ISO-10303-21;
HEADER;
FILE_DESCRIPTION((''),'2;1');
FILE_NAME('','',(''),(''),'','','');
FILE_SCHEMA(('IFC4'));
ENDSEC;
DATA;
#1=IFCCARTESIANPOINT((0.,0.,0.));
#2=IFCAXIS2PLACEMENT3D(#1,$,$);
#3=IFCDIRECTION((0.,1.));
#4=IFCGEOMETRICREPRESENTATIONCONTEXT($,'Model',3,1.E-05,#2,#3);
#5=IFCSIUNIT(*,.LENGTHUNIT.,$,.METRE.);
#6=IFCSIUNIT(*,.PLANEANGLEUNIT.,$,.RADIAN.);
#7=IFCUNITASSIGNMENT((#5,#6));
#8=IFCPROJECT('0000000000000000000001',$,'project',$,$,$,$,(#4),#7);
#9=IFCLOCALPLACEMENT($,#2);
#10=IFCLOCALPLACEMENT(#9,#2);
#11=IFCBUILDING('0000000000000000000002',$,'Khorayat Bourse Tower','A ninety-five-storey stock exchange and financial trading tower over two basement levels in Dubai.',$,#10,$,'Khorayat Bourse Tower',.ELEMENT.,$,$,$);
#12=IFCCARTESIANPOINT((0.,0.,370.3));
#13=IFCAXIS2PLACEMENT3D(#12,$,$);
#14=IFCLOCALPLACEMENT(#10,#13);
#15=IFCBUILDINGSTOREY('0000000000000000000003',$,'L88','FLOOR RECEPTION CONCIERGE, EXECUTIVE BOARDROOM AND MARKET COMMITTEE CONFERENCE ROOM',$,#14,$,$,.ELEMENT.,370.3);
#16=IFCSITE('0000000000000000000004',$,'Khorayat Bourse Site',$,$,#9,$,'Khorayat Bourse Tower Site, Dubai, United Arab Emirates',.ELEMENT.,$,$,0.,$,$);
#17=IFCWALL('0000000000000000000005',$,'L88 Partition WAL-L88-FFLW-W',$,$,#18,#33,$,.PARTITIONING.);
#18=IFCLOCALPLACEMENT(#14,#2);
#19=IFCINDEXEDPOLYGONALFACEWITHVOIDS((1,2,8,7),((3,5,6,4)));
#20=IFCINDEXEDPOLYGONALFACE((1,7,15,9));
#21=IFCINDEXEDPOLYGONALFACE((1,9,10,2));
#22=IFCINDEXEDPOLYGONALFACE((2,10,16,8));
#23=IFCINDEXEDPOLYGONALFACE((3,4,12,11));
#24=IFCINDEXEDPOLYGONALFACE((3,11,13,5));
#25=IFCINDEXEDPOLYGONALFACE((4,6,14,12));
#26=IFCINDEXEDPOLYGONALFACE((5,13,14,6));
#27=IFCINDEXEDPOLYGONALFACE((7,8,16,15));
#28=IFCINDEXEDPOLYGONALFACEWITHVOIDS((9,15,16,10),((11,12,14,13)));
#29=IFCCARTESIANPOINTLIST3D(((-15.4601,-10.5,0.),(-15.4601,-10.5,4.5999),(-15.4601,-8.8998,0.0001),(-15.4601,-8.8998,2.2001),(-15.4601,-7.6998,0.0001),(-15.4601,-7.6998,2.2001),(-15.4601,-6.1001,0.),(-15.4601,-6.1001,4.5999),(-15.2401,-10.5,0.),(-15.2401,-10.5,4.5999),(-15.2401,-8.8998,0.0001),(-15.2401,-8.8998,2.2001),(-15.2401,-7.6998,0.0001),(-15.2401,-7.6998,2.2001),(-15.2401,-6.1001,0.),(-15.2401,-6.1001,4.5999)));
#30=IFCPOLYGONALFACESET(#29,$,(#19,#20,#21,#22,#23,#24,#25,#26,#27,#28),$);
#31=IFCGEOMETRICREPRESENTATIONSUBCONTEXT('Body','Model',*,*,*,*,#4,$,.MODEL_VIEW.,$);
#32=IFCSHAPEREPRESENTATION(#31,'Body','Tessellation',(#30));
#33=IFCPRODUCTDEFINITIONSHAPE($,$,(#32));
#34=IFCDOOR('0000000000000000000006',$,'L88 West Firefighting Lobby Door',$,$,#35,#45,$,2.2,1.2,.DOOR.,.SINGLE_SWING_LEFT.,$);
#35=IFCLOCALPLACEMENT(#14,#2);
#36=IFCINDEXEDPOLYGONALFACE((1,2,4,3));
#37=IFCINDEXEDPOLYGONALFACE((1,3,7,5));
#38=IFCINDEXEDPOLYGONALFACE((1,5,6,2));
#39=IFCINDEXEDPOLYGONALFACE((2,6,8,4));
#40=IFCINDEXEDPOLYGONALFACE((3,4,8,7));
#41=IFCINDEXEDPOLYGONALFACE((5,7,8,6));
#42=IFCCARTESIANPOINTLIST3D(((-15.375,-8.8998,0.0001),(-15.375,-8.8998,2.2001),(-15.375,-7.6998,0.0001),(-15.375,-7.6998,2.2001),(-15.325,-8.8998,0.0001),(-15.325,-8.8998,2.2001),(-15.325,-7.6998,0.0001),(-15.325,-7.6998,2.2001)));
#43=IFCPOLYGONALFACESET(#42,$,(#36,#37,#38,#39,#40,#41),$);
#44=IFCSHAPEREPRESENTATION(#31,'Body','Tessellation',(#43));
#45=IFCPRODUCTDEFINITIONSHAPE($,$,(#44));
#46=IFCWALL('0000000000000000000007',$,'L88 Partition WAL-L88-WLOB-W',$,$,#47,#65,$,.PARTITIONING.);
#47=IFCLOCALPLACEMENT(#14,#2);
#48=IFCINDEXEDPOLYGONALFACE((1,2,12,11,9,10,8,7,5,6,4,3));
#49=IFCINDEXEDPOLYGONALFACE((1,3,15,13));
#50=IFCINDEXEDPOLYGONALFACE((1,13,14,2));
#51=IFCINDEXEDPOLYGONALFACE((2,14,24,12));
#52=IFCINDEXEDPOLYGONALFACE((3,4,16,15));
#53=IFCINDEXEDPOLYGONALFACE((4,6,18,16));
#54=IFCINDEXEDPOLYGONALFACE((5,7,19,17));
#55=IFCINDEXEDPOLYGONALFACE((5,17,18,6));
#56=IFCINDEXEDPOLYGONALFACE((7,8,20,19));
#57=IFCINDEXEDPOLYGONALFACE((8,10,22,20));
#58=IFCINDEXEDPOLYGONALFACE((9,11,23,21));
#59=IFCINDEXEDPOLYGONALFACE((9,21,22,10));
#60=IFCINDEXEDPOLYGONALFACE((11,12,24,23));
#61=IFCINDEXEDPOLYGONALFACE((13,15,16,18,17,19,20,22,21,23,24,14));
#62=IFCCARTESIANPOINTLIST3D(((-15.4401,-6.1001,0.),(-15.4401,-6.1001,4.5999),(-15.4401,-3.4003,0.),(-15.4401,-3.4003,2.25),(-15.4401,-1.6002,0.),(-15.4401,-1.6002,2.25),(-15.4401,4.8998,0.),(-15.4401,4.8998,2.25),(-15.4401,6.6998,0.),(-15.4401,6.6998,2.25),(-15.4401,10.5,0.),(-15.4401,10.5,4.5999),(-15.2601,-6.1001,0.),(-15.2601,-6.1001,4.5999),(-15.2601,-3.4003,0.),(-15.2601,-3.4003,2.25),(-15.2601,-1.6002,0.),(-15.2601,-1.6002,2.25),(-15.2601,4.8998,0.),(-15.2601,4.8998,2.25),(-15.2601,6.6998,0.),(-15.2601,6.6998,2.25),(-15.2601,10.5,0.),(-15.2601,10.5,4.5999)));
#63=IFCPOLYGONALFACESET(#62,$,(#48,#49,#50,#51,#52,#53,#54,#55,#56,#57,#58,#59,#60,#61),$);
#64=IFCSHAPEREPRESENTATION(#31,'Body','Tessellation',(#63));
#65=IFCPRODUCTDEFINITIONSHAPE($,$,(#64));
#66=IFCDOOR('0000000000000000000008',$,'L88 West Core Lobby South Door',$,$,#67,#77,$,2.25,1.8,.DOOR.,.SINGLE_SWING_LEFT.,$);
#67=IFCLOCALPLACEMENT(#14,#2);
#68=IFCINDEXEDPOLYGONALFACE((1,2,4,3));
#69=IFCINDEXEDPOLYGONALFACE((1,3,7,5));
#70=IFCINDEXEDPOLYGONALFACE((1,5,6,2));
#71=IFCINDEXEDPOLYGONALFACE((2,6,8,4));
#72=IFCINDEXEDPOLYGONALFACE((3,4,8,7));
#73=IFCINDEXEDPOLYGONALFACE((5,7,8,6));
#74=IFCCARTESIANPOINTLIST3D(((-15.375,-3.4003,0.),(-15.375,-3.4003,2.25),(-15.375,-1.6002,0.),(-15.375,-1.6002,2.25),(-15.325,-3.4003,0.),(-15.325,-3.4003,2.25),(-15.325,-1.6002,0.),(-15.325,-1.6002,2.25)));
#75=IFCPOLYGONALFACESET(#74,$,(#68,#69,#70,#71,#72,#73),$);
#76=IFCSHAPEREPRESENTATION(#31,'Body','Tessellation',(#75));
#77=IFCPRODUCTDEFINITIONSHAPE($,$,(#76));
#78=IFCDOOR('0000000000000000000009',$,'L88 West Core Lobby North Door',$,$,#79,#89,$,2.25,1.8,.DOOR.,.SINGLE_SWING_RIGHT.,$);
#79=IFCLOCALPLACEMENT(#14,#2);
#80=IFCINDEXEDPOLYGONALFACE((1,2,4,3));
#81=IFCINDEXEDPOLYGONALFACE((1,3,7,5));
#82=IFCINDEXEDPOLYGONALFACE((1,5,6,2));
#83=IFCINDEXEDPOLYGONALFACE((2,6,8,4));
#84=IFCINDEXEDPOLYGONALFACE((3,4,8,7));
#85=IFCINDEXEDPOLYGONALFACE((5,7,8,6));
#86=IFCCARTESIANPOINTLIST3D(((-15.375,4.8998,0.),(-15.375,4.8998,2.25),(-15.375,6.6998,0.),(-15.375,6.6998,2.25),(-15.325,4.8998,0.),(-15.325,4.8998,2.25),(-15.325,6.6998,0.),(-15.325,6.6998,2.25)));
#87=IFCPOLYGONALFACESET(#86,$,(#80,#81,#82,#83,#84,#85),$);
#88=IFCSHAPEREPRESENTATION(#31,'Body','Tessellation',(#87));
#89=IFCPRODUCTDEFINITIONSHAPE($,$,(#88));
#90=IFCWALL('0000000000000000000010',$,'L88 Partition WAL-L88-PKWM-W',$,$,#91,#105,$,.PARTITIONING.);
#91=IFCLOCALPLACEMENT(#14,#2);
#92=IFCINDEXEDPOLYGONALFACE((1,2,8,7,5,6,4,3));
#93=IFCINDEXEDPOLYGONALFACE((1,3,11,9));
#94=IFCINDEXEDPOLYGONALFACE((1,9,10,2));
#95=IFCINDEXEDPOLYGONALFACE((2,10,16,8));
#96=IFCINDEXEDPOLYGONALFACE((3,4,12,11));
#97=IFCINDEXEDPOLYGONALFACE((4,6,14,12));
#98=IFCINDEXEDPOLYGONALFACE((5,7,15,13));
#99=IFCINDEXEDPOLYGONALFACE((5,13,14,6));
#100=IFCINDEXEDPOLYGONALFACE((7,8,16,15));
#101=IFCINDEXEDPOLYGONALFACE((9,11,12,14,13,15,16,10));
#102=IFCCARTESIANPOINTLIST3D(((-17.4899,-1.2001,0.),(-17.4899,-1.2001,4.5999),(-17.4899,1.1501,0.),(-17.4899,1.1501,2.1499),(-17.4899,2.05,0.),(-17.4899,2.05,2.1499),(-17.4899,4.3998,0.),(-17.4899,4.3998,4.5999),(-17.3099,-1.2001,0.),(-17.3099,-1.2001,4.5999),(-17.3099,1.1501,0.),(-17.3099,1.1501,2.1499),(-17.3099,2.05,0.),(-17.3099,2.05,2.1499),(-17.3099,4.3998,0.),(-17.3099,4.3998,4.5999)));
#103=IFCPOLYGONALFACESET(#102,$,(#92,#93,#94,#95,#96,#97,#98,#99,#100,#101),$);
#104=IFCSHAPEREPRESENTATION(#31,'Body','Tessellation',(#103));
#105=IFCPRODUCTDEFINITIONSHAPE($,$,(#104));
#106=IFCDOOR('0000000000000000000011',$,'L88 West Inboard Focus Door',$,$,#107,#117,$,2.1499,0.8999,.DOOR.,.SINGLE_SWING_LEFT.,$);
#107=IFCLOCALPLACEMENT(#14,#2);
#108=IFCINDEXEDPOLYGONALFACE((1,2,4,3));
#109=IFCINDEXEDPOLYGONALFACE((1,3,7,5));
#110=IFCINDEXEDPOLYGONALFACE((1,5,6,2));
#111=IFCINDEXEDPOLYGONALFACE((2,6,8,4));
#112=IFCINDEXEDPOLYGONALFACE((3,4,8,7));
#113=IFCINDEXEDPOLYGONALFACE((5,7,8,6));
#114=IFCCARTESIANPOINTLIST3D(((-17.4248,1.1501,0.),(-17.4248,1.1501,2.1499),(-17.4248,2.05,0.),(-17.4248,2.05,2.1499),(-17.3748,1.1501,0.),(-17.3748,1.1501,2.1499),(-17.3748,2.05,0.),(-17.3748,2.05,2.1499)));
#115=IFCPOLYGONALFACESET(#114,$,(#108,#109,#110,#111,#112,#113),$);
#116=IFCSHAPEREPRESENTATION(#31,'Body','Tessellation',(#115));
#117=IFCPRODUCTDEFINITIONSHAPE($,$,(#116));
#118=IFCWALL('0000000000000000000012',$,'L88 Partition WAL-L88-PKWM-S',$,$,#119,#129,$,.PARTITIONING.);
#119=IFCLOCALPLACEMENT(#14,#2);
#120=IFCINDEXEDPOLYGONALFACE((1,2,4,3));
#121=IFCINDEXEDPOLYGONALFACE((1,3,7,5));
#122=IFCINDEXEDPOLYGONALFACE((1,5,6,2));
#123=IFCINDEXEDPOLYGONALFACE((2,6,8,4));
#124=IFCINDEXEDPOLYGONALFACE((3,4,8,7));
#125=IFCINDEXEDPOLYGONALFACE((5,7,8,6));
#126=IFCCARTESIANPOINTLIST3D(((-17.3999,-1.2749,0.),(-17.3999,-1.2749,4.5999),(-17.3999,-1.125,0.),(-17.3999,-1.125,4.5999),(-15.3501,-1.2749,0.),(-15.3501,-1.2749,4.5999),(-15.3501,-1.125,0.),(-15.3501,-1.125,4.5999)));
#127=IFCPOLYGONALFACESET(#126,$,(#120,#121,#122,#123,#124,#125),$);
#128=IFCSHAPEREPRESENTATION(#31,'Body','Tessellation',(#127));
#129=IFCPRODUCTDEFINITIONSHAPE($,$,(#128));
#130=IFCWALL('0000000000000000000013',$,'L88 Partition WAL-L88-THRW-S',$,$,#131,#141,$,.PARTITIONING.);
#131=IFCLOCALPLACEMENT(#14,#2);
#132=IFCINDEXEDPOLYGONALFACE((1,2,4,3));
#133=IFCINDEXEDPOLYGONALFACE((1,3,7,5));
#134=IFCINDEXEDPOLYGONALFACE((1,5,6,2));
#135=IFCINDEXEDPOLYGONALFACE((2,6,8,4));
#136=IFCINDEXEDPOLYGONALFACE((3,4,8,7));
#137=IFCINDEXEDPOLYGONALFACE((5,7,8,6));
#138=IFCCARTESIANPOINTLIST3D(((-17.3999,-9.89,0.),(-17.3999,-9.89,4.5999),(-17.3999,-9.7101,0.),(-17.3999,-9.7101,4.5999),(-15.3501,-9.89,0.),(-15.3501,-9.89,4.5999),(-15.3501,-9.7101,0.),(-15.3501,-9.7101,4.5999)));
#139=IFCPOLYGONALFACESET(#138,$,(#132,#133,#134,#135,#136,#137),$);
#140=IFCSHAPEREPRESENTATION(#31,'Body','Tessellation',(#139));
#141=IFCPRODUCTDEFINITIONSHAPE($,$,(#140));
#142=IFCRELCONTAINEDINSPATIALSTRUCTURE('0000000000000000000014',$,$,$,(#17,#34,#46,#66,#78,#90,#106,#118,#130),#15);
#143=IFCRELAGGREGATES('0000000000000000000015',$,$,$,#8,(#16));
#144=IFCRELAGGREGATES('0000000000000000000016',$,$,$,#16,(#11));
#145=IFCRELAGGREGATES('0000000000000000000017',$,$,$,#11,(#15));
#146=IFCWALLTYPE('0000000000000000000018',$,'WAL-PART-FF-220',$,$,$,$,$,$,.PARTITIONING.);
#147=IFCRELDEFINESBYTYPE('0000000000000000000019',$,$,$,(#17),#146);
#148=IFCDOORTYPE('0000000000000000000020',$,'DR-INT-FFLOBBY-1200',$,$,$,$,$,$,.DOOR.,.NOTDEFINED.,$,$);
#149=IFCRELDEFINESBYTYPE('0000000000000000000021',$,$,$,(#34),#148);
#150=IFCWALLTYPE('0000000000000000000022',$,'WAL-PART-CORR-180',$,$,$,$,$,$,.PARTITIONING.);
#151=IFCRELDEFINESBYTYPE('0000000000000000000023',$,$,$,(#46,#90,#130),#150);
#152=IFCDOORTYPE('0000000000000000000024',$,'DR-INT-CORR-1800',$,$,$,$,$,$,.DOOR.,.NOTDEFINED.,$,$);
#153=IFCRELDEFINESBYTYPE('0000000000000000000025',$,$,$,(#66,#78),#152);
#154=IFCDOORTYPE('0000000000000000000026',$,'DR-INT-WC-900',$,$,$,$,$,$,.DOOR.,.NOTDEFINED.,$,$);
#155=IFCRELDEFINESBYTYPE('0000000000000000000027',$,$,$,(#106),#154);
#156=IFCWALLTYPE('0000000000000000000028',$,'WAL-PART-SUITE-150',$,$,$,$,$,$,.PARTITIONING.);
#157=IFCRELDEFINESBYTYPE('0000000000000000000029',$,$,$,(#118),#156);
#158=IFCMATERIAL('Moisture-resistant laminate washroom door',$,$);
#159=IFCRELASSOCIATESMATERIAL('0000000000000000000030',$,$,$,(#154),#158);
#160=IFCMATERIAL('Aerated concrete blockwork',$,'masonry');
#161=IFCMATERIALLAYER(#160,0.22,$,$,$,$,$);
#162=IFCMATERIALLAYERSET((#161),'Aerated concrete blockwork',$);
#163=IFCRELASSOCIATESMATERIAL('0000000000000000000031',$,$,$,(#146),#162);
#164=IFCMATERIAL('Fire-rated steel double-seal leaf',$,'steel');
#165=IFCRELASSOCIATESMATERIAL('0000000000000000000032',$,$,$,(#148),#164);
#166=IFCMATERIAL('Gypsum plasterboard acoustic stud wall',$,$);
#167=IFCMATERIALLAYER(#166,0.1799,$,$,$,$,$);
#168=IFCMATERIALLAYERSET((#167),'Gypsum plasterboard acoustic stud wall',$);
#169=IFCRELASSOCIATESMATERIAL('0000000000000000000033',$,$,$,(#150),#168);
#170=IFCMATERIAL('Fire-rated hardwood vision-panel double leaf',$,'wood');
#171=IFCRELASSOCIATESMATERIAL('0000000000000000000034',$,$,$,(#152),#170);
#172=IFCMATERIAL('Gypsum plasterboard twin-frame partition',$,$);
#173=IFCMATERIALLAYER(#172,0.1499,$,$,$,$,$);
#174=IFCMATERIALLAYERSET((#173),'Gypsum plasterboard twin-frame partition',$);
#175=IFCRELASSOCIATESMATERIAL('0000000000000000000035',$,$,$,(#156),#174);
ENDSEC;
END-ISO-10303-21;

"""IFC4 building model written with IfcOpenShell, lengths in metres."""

from ifc_helpers import new_model, si_unit, direction, frame, frame_2d, origin, place, context, subcontext, project, spatial, rectangle, extrude, source, transform, mapped, material, layer, layer_set, type_object, element, fill, save


model = new_model("IFC4")

# Units and contexts
model_context = context("Model", 3, precision=1e-05, world=origin(), true_north=direction((0.0, 1.0)))
body_context = subcontext(model_context, "Body", "Model", "MODEL_VIEW")
ifc_project = project(units=[si_unit("LENGTHUNIT", "METRE"), si_unit("PLANEANGLEUNIT", "RADIAN")], contexts=[model_context])

# Site, building, storey
site_placement = place(None, origin())
site = spatial("IfcSite", under=ifc_project, at=site_placement, Name="Khorayat Bourse Site", LongName="Khorayat Bourse Tower Site, Dubai, United Arab Emirates", CompositionType="ELEMENT", RefElevation=0.0)
building_placement = place(site_placement, origin())
building = spatial("IfcBuilding", under=site, at=building_placement, Name="Khorayat Bourse Tower", Description="A ninety-five-storey stock exchange and financial trading tower over two basement levels in Dubai.", LongName="Khorayat Bourse Tower", CompositionType="ELEMENT")
storey_placement = place(building_placement, frame((0.0, 0.0, 370.3)))
storey = spatial("IfcBuildingStorey", under=building, at=storey_placement, Name="L88", Description="FLOOR RECEPTION CONCIERGE, EXECUTIVE BOARDROOM AND MARKET COMMITTEE CONFERENCE ROOM", CompositionType="ELEMENT", Elevation=370.3)

# Shared definitions
ifc_material_1 = material(Name="Moisture-resistant laminate washroom door")
door_type_1 = type_object("IfcDoorType", Name="DR-INT-WC-900", OperationType="NOTDEFINED", PredefinedType="DOOR", material=ifc_material_1)
shared_shape_1 = source(origin(), body_context, "Body", "SweptSolid", [
    extrude(rectangle(XDim=0.8999, YDim=2.1499, at=frame_2d((0.45, 1.075))), frame((0.0, 0.0249, 0.0), z_axis=(0.0, -1.0, 0.0), x_axis=(1.0, 0.0, 0.0)), (0.0, 0.0, 1.0), 0.05),
])

# Shared definitions
ifc_material_2 = material(Name="Aerated concrete blockwork", Category="masonry")
ifc_layer_1 = layer(ifc_material_2, 0.22)
ifc_layer_set_1 = layer_set([ifc_layer_1], Name="Aerated concrete blockwork")
wall_type_1 = type_object("IfcWallType", Name="WAL-PART-FF-220", PredefinedType="PARTITIONING", material=ifc_layer_set_1)

# Wall, opening, door
shared_shape_2 = source(origin(), body_context, "Body", "SweptSolid", [
    extrude(rectangle(XDim=4.3999, YDim=0.22, at=frame_2d((2.2, 0.0))), origin(), (0.0, 0.0, 1.0), 4.5999),
])
wall_1_placement = place(storey_placement, frame((-15.3501, -10.5, 0.0), z_axis=(0.0, 0.0, 1.0), x_axis=(0.0, 1.0, 0.0)))
wall_1 = element("IfcWall", 1, at=wall_1_placement, inside=storey, type_object=wall_type_1, Name="L88 Partition WAL-L88-FFLW-W", PredefinedType="PARTITIONING", context=body_context, shape_type="MappedRepresentation", body=[
    mapped(shared_shape_2, transform((0.0, 0.0, 0.0), scale=1.0)),
])
shared_shape_3 = source(origin(), body_context, "Body", "SweptSolid", [
    extrude(rectangle(XDim=1.2, YDim=2.2, at=frame_2d((0.6001, 1.1001))), frame((0.0, 0.1199, 0.0), z_axis=(0.0, -1.0, 0.0), x_axis=(1.0, 0.0, 0.0)), (0.0, 0.0, 1.0), 0.24),
])
opening_1_placement = place(wall_1_placement, frame((1.6001, 0.0, 0.0)))
opening_1 = element("IfcOpeningElement", 2, at=opening_1_placement, cuts=wall_1, PredefinedType="OPENING", context=body_context, shape_type="MappedRepresentation", body=[
    mapped(shared_shape_3, transform((0.0, 0.0, 0.0), scale=1.0)),
])
ifc_material_3 = material(Name="Fire-rated steel double-seal leaf", Category="steel")
door_type_2 = type_object("IfcDoorType", Name="DR-INT-FFLOBBY-1200", OperationType="NOTDEFINED", PredefinedType="DOOR", material=ifc_material_3)
shared_shape_4 = source(origin(), body_context, "Body", "SweptSolid", [
    extrude(rectangle(XDim=1.2, YDim=2.2, at=frame_2d((0.6001, 1.1001))), frame((0.0, 0.0249, 0.0), z_axis=(0.0, -1.0, 0.0), x_axis=(1.0, 0.0, 0.0)), (0.0, 0.0, 1.0), 0.05),
])
door_1_placement = place(opening_1_placement, origin())
door_1 = element("IfcDoor", 3, at=door_1_placement, inside=storey, type_object=door_type_2, Name="L88 West Firefighting Lobby Door", OperationType="SINGLE_SWING_LEFT", OverallHeight=2.2, OverallWidth=1.2, PredefinedType="DOOR", context=body_context, shape_type="MappedRepresentation", body=[
    mapped(shared_shape_4, transform((0.0, 0.0, 0.0), scale=1.0)),
])
fill(opening_1, door_1)

# Wall, openings, doors
ifc_material_4 = material(Name="Gypsum plasterboard acoustic stud wall")
ifc_layer_2 = layer(ifc_material_4, 0.1799)
ifc_layer_set_2 = layer_set([ifc_layer_2], Name="Gypsum plasterboard acoustic stud wall")
wall_type_2 = type_object("IfcWallType", Name="WAL-PART-CORR-180", PredefinedType="PARTITIONING", material=ifc_layer_set_2)
shared_shape_5 = source(origin(), body_context, "Body", "SweptSolid", [
    extrude(rectangle(XDim=16.6001, YDim=0.1799, at=frame_2d((8.3, 0.0))), origin(), (0.0, 0.0, 1.0), 4.5999),
])
wall_2_placement = place(storey_placement, frame((-15.3501, -6.1001, 0.0), z_axis=(0.0, 0.0, 1.0), x_axis=(0.0, 1.0, 0.0)))
wall_2 = element("IfcWall", 4, at=wall_2_placement, inside=storey, type_object=wall_type_2, Name="L88 Partition WAL-L88-WLOB-W", PredefinedType="PARTITIONING", context=body_context, shape_type="MappedRepresentation", body=[
    mapped(shared_shape_5, transform((0.0, 0.0, 0.0), scale=1.0)),
])
shared_shape_6 = source(origin(), body_context, "Body", "SweptSolid", [
    extrude(rectangle(XDim=1.8, YDim=2.25, at=frame_2d((0.8999, 1.125))), frame((0.0, 0.0999, 0.0), z_axis=(0.0, -1.0, 0.0), x_axis=(1.0, 0.0, 0.0)), (0.0, 0.0, 1.0), 0.2),
])
opening_2_placement = place(wall_2_placement, frame((2.7, 0.0, 0.0)))
opening_2 = element("IfcOpeningElement", 5, at=opening_2_placement, cuts=wall_2, PredefinedType="OPENING", context=body_context, shape_type="MappedRepresentation", body=[
    mapped(shared_shape_6, transform((0.0, 0.0, 0.0), scale=1.0)),
])
opening_3_placement = place(wall_2_placement, frame((11.0, 0.0, 0.0)))
opening_3 = element("IfcOpeningElement", 6, at=opening_3_placement, cuts=wall_2, PredefinedType="OPENING", context=body_context, shape_type="MappedRepresentation", body=[
    mapped(shared_shape_6, transform((0.0, 0.0, 0.0), scale=1.0)),
])
ifc_material_5 = material(Name="Fire-rated hardwood vision-panel double leaf", Category="wood")
door_type_3 = type_object("IfcDoorType", Name="DR-INT-CORR-1800", OperationType="NOTDEFINED", PredefinedType="DOOR", material=ifc_material_5)
shared_shape_7 = source(origin(), body_context, "Body", "SweptSolid", [
    extrude(rectangle(XDim=1.8, YDim=2.25, at=frame_2d((0.8999, 1.125))), frame((0.0, 0.0249, 0.0), z_axis=(0.0, -1.0, 0.0), x_axis=(1.0, 0.0, 0.0)), (0.0, 0.0, 1.0), 0.05),
])
door_2_placement = place(opening_2_placement, origin())
door_2 = element("IfcDoor", 7, at=door_2_placement, inside=storey, type_object=door_type_3, Name="L88 West Core Lobby South Door", OperationType="SINGLE_SWING_LEFT", OverallHeight=2.25, OverallWidth=1.8, PredefinedType="DOOR", context=body_context, shape_type="MappedRepresentation", body=[
    mapped(shared_shape_7, transform((0.0, 0.0, 0.0), scale=1.0)),
])
fill(opening_2, door_2)
door_3_placement = place(opening_3_placement, origin())
door_3 = element("IfcDoor", 8, at=door_3_placement, inside=storey, type_object=door_type_3, Name="L88 West Core Lobby North Door", OperationType="SINGLE_SWING_RIGHT", OverallHeight=2.25, OverallWidth=1.8, PredefinedType="DOOR", context=body_context, shape_type="MappedRepresentation", body=[
    mapped(shared_shape_7, transform((0.0, 0.0, 0.0), scale=1.0)),
])
fill(opening_3, door_3)

# Wall, opening, door
shared_shape_8 = source(origin(), body_context, "Body", "SweptSolid", [
    extrude(rectangle(XDim=5.5999, YDim=0.1799, at=frame_2d((2.7998, 0.0))), origin(), (0.0, 0.0, 1.0), 4.5999),
])
wall_3_placement = place(storey_placement, frame((-17.3999, -1.2, 0.0), z_axis=(0.0, 0.0, 1.0), x_axis=(0.0, 1.0, 0.0)))
wall_3 = element("IfcWall", 9, at=wall_3_placement, inside=storey, type_object=wall_type_2, Name="L88 Partition WAL-L88-PKWM-W", PredefinedType="PARTITIONING", context=body_context, shape_type="MappedRepresentation", body=[
    mapped(shared_shape_8, transform((0.0, 0.0, 0.0), scale=1.0)),
])
shared_shape_9 = source(origin(), body_context, "Body", "SweptSolid", [
    extrude(rectangle(XDim=0.8999, YDim=2.1499, at=frame_2d((0.45, 1.075))), frame((0.0, 0.0999, 0.0), z_axis=(0.0, -1.0, 0.0), x_axis=(1.0, 0.0, 0.0)), (0.0, 0.0, 1.0), 0.2),
])
opening_4_placement = place(wall_3_placement, frame((2.3501, 0.0, 0.0)))
opening_4 = element("IfcOpeningElement", 10, at=opening_4_placement, cuts=wall_3, PredefinedType="OPENING", context=body_context, shape_type="MappedRepresentation", body=[
    mapped(shared_shape_9, transform((0.0, 0.0, 0.0), scale=1.0)),
])
door_4_placement = place(opening_4_placement, origin())
door_4 = element("IfcDoor", 11, at=door_4_placement, inside=storey, type_object=door_type_1, Name="L88 West Inboard Focus Door", OperationType="SINGLE_SWING_LEFT", OverallHeight=2.1499, OverallWidth=0.8999, PredefinedType="DOOR", context=body_context, shape_type="MappedRepresentation", body=[
    mapped(shared_shape_1, transform((0.0, 0.0, 0.0), scale=1.0)),
])
fill(opening_4, door_4)

# Walls
ifc_material_6 = material(Name="Gypsum plasterboard twin-frame partition")
ifc_layer_3 = layer(ifc_material_6, 0.1499)
ifc_layer_set_3 = layer_set([ifc_layer_3], Name="Gypsum plasterboard twin-frame partition")
wall_type_3 = type_object("IfcWallType", Name="WAL-PART-SUITE-150", PredefinedType="PARTITIONING", material=ifc_layer_set_3)
shared_shape_10 = source(origin(), body_context, "Body", "SweptSolid", [
    extrude(rectangle(XDim=2.0498, YDim=0.1499, at=frame_2d((1.0249, 0.0))), origin(), (0.0, 0.0, 1.0), 4.5999),
])
wall_4_placement = place(storey_placement, frame((-17.3999, -1.2, 0.0), z_axis=(0.0, 0.0, 1.0), x_axis=(1.0, 0.0, 0.0)))
element("IfcWall", 12, at=wall_4_placement, inside=storey, type_object=wall_type_3, Name="L88 Partition WAL-L88-PKWM-S", PredefinedType="PARTITIONING", context=body_context, shape_type="MappedRepresentation", body=[
    mapped(shared_shape_10, transform((0.0, 0.0, 0.0), scale=1.0)),
])
shared_shape_11 = source(origin(), body_context, "Body", "SweptSolid", [
    extrude(rectangle(XDim=2.0498, YDim=0.1799, at=frame_2d((1.0249, 0.0))), origin(), (0.0, 0.0, 1.0), 4.5999),
])
wall_5_placement = place(storey_placement, frame((-17.3999, -9.8, 0.0), z_axis=(0.0, 0.0, 1.0), x_axis=(1.0, 0.0, 0.0)))
element("IfcWall", 13, at=wall_5_placement, inside=storey, type_object=wall_type_2, Name="L88 Partition WAL-L88-THRW-S", PredefinedType="PARTITIONING", context=body_context, shape_type="MappedRepresentation", body=[
    mapped(shared_shape_11, transform((0.0, 0.0, 0.0), scale=1.0)),
])

save(model, "model.ifc")
